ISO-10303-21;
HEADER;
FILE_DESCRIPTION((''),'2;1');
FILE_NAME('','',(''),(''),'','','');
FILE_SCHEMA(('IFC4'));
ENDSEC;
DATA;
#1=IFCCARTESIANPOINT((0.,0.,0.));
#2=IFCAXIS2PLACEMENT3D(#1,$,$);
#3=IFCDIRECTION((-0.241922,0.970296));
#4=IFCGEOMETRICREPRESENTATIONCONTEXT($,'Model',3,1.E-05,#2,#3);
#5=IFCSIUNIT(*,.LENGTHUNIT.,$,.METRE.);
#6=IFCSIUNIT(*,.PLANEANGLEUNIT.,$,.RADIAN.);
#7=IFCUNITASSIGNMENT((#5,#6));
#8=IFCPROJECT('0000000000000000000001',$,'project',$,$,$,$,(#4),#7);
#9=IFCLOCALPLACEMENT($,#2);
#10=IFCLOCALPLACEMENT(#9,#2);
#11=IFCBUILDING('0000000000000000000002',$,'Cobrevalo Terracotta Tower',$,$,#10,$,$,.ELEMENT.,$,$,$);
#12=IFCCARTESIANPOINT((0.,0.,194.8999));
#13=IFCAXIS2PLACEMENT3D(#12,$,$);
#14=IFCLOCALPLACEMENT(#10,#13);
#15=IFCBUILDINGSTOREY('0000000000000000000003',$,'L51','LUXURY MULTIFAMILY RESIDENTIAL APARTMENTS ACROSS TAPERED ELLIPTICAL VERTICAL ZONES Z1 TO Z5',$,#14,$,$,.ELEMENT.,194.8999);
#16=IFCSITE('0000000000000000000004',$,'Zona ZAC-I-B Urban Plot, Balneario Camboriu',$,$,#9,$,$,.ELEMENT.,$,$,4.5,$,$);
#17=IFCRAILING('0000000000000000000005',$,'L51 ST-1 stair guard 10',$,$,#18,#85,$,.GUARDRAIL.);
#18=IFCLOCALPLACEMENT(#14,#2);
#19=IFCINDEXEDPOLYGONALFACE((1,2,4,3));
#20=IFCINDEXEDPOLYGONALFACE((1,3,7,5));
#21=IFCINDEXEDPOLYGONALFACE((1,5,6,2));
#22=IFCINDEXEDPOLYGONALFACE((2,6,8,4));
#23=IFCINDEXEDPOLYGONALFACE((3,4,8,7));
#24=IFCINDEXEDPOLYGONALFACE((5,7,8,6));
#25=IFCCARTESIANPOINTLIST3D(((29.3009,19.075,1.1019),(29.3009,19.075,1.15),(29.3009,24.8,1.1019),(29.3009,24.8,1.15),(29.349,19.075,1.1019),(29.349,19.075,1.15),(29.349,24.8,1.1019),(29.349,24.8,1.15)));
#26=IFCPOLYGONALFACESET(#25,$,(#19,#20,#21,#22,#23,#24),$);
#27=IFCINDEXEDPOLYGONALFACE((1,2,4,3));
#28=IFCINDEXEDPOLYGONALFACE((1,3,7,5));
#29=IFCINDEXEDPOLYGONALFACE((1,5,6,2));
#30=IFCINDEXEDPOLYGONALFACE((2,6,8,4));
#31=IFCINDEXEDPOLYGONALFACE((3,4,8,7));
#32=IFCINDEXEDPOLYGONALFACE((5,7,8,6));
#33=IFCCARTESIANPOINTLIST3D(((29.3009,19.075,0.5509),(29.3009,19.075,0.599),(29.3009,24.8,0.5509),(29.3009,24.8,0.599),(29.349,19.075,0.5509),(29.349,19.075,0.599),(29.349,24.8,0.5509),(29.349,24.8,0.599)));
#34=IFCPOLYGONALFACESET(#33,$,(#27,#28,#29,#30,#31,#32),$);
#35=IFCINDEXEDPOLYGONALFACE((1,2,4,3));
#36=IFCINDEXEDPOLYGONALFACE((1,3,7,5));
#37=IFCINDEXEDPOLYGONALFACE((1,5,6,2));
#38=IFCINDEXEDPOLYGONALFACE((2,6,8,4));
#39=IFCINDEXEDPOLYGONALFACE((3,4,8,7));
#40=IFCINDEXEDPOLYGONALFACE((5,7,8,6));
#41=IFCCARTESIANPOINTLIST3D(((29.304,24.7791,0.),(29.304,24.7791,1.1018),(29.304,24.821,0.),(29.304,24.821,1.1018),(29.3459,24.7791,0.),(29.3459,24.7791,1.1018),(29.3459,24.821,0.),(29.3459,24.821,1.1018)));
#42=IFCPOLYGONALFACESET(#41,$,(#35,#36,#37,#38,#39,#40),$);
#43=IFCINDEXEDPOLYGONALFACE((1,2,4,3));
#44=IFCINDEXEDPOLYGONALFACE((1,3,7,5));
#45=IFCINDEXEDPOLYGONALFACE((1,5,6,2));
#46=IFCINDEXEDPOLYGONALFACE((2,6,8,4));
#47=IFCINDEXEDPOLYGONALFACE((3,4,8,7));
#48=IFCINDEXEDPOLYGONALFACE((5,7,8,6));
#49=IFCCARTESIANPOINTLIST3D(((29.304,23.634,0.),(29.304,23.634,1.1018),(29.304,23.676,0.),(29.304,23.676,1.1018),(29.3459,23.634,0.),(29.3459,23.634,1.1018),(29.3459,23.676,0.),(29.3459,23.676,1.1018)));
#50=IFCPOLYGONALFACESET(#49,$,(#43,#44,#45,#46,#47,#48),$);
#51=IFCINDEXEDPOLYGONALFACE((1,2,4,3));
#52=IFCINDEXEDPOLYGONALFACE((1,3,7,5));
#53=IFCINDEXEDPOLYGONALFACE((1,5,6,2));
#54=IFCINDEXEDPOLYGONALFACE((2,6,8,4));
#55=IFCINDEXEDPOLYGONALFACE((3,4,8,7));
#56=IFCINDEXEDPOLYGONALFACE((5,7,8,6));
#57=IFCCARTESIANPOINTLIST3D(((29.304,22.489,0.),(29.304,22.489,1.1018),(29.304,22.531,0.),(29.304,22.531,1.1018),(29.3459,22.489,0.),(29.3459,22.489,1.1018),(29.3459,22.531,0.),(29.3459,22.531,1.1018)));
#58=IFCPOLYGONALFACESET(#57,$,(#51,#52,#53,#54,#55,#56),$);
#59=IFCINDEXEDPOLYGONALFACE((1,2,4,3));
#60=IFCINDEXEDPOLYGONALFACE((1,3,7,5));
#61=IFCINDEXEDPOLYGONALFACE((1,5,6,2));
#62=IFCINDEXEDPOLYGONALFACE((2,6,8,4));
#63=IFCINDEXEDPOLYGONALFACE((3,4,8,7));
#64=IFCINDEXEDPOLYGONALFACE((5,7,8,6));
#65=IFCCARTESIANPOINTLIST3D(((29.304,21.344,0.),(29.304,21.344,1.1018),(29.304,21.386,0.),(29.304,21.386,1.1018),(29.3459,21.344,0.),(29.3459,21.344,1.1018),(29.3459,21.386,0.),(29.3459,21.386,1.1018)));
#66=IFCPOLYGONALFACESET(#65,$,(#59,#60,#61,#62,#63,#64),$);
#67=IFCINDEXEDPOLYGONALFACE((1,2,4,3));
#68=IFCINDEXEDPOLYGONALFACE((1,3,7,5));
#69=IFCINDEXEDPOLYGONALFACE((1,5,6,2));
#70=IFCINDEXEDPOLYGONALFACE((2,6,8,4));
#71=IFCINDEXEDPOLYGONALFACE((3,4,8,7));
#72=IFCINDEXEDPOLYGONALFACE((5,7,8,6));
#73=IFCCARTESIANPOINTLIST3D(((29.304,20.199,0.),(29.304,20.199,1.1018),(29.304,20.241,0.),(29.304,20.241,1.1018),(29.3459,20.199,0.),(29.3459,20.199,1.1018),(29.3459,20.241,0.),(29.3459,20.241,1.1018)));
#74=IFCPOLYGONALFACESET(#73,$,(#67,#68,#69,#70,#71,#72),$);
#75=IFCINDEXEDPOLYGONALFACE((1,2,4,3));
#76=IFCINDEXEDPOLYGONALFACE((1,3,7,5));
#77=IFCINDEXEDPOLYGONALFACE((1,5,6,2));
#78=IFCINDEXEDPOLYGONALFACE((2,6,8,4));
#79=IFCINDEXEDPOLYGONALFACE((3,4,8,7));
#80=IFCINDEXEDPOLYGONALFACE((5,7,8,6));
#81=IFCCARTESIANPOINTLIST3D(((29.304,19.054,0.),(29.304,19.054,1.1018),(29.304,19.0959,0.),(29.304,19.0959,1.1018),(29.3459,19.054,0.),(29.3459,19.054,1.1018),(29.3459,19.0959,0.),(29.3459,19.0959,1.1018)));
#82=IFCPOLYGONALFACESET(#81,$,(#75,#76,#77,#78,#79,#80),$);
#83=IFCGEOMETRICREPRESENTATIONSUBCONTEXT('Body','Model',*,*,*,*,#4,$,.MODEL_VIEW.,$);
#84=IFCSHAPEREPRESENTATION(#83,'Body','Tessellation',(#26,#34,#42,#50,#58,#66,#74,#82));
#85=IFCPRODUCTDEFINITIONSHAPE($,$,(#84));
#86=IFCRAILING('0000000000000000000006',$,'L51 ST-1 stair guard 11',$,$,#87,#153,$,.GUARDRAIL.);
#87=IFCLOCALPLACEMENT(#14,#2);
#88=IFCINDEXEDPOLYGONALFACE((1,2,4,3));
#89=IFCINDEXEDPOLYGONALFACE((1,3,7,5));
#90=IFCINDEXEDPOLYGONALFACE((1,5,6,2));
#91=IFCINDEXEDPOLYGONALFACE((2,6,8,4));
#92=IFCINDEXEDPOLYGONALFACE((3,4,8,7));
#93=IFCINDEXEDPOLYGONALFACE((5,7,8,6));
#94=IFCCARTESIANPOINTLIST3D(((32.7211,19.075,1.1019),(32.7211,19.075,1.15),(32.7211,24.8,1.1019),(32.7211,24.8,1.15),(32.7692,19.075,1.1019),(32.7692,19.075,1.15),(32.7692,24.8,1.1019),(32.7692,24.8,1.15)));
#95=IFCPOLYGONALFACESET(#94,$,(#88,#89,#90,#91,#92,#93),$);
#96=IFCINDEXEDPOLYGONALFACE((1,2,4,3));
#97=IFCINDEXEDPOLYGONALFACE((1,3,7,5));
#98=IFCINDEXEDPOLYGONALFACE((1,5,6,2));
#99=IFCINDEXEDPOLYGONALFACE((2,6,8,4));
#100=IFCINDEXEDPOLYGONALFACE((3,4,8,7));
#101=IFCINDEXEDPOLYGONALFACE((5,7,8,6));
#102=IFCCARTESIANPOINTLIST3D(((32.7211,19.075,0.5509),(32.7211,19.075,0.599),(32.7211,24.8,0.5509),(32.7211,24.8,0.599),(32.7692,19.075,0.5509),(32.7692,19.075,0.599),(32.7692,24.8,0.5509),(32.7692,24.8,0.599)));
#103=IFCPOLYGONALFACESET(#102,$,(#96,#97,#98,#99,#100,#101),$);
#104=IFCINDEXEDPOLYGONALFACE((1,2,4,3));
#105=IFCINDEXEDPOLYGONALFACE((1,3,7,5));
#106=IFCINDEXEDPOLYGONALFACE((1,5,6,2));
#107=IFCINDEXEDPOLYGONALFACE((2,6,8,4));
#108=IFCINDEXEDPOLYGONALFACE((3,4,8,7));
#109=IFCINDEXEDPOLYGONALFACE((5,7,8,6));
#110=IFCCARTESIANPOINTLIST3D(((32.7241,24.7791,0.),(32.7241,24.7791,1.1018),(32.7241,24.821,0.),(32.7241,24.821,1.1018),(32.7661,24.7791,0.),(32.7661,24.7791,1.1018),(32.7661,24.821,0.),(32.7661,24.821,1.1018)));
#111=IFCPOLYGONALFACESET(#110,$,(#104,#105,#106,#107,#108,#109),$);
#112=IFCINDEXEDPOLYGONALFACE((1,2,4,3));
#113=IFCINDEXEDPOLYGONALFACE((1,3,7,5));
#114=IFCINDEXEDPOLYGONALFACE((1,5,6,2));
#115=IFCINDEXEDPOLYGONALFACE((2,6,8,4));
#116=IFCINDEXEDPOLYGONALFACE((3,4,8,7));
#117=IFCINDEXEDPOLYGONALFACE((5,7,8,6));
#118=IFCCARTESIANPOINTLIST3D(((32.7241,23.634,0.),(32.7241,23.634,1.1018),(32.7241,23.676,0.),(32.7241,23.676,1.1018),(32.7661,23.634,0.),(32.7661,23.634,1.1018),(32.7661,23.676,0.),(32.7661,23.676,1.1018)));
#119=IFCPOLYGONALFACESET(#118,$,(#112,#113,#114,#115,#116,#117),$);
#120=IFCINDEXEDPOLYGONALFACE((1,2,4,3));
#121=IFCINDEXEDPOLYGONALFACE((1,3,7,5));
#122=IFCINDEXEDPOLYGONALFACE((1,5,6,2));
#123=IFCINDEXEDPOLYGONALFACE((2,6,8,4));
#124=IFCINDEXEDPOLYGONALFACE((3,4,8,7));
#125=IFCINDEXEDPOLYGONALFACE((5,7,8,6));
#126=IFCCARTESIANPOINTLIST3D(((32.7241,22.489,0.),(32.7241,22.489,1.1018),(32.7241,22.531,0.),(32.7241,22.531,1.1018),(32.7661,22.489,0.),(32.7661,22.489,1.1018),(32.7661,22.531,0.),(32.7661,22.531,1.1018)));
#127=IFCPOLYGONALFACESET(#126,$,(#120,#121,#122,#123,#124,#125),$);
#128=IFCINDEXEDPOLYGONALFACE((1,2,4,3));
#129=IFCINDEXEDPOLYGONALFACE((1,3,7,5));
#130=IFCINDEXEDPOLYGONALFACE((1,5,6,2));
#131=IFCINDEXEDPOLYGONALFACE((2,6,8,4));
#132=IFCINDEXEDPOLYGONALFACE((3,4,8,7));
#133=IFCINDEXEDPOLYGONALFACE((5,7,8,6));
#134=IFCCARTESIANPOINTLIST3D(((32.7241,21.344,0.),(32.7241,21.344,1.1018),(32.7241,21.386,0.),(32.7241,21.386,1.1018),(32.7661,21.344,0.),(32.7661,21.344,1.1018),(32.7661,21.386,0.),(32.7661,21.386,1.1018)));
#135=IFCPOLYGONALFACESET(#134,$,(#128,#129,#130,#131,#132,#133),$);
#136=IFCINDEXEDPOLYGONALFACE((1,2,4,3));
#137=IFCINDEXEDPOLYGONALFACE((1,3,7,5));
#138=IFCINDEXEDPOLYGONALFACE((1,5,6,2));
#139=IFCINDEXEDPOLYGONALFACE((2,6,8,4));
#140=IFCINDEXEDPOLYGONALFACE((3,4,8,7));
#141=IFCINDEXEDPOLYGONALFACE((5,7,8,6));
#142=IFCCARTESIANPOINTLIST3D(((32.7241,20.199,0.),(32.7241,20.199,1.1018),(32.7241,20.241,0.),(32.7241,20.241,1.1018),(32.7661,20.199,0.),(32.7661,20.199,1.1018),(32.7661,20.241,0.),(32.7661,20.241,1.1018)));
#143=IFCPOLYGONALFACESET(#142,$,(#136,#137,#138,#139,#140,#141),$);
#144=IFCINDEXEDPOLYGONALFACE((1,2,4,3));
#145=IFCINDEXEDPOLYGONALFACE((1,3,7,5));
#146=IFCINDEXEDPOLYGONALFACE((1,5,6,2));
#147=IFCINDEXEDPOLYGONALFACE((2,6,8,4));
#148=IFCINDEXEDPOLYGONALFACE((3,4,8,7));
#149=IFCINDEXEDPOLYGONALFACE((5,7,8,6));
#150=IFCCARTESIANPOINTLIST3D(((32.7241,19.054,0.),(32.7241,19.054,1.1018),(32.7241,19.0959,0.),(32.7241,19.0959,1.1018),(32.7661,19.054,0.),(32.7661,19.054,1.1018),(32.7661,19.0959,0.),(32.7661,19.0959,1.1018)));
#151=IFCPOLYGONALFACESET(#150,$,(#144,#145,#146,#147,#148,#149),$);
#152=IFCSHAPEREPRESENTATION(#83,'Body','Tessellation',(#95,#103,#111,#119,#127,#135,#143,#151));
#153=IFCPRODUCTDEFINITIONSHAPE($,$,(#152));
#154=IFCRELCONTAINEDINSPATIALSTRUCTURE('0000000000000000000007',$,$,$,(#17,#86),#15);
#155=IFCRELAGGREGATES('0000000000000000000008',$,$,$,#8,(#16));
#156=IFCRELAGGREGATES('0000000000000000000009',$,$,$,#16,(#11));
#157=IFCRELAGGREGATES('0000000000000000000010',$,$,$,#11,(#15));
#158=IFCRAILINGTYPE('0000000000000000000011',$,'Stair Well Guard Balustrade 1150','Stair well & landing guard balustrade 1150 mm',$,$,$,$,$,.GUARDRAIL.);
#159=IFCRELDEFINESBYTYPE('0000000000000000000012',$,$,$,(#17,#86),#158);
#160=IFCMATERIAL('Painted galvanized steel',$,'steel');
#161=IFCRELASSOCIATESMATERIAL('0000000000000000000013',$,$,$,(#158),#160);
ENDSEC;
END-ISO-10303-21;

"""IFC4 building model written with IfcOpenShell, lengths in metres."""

from ifc_helpers import new_model, si_unit, direction, frame, origin, origin_2d, place, context, subcontext, project, spatial, rectangle, extrude, material, type_object, element, save


model = new_model("IFC4")

# Units and contexts
model_context = context("Model", 3, precision=1e-05, world=origin(), true_north=direction((-0.241922, 0.970296)))
body_context = subcontext(model_context, "Body", "Model", "MODEL_VIEW")
ifc_project = project(units=[si_unit("LENGTHUNIT", "METRE"), si_unit("PLANEANGLEUNIT", "RADIAN")], contexts=[model_context])

# Site, building, storey
site_placement = place(None, origin())
site = spatial("IfcSite", under=ifc_project, at=site_placement, Name="Zona ZAC-I-B Urban Plot, Balneario Camboriu", CompositionType="ELEMENT", RefElevation=4.5)
building_placement = place(site_placement, origin())
building = spatial("IfcBuilding", under=site, at=building_placement, Name="Cobrevalo Terracotta Tower", CompositionType="ELEMENT")
storey_placement = place(building_placement, frame((0.0, 0.0, 194.8999)))
storey = spatial("IfcBuildingStorey", under=building, at=storey_placement, Name="L51", Description="LUXURY MULTIFAMILY RESIDENTIAL APARTMENTS ACROSS TAPERED ELLIPTICAL VERTICAL ZONES Z1 TO Z5", CompositionType="ELEMENT", Elevation=194.8999)

# Railings
ifc_material_1 = material(Name="Painted galvanized steel", Category="steel")
railing_type_1 = type_object("IfcRailingType", Name="Stair Well Guard Balustrade 1150", Description="Stair well & landing guard balustrade 1150 mm", PredefinedType="GUARDRAIL", material=ifc_material_1)
for number, where, name in (
    (1, (29.325, 24.8, 0.0), "L51 ST-1 stair guard 10"),
    (2, (32.7451, 24.8, 0.0), "L51 ST-1 stair guard 11"),
):
    element("IfcRailing", number, at=place(storey_placement, frame(where)), inside=storey, type_object=railing_type_1, Name=name, PredefinedType="GUARDRAIL", context=body_context, shape_type="SweptSolid", body=[
        extrude(rectangle(XDim=0.0481, YDim=0.0481, at=origin_2d()), frame((0.0, 0.0, 1.126), z_axis=(0.0, -1.0, 0.0), x_axis=(1.0, 0.0, 0.0)), (0.0, 0.0, 1.0), 5.7251),
        extrude(rectangle(XDim=0.0481, YDim=0.0481, at=origin_2d()), frame((0.0, 0.0, 0.575), z_axis=(0.0, -1.0, 0.0), x_axis=(1.0, 0.0, 0.0)), (0.0, 0.0, 1.0), 5.7251),
        extrude(rectangle(XDim=0.042, YDim=0.042, at=origin_2d()), origin(), (0.0, 0.0, 1.0), 1.1018),
        extrude(rectangle(XDim=0.042, YDim=0.042, at=origin_2d()), frame((0.0, -1.145, 0.0)), (0.0, 0.0, 1.0), 1.1018),
        extrude(rectangle(XDim=0.042, YDim=0.042, at=origin_2d()), frame((0.0, -2.29, 0.0)), (0.0, 0.0, 1.0), 1.1018),
        extrude(rectangle(XDim=0.042, YDim=0.042, at=origin_2d()), frame((0.0, -3.4351, 0.0)), (0.0, 0.0, 1.0), 1.1018),
        extrude(rectangle(XDim=0.042, YDim=0.042, at=origin_2d()), frame((0.0, -4.5801, 0.0)), (0.0, 0.0, 1.0), 1.1018),
        extrude(rectangle(XDim=0.042, YDim=0.042, at=origin_2d()), frame((0.0, -5.7251, 0.0)), (0.0, 0.0, 1.0), 1.1018),
    ])

save(model, "model.ifc")
